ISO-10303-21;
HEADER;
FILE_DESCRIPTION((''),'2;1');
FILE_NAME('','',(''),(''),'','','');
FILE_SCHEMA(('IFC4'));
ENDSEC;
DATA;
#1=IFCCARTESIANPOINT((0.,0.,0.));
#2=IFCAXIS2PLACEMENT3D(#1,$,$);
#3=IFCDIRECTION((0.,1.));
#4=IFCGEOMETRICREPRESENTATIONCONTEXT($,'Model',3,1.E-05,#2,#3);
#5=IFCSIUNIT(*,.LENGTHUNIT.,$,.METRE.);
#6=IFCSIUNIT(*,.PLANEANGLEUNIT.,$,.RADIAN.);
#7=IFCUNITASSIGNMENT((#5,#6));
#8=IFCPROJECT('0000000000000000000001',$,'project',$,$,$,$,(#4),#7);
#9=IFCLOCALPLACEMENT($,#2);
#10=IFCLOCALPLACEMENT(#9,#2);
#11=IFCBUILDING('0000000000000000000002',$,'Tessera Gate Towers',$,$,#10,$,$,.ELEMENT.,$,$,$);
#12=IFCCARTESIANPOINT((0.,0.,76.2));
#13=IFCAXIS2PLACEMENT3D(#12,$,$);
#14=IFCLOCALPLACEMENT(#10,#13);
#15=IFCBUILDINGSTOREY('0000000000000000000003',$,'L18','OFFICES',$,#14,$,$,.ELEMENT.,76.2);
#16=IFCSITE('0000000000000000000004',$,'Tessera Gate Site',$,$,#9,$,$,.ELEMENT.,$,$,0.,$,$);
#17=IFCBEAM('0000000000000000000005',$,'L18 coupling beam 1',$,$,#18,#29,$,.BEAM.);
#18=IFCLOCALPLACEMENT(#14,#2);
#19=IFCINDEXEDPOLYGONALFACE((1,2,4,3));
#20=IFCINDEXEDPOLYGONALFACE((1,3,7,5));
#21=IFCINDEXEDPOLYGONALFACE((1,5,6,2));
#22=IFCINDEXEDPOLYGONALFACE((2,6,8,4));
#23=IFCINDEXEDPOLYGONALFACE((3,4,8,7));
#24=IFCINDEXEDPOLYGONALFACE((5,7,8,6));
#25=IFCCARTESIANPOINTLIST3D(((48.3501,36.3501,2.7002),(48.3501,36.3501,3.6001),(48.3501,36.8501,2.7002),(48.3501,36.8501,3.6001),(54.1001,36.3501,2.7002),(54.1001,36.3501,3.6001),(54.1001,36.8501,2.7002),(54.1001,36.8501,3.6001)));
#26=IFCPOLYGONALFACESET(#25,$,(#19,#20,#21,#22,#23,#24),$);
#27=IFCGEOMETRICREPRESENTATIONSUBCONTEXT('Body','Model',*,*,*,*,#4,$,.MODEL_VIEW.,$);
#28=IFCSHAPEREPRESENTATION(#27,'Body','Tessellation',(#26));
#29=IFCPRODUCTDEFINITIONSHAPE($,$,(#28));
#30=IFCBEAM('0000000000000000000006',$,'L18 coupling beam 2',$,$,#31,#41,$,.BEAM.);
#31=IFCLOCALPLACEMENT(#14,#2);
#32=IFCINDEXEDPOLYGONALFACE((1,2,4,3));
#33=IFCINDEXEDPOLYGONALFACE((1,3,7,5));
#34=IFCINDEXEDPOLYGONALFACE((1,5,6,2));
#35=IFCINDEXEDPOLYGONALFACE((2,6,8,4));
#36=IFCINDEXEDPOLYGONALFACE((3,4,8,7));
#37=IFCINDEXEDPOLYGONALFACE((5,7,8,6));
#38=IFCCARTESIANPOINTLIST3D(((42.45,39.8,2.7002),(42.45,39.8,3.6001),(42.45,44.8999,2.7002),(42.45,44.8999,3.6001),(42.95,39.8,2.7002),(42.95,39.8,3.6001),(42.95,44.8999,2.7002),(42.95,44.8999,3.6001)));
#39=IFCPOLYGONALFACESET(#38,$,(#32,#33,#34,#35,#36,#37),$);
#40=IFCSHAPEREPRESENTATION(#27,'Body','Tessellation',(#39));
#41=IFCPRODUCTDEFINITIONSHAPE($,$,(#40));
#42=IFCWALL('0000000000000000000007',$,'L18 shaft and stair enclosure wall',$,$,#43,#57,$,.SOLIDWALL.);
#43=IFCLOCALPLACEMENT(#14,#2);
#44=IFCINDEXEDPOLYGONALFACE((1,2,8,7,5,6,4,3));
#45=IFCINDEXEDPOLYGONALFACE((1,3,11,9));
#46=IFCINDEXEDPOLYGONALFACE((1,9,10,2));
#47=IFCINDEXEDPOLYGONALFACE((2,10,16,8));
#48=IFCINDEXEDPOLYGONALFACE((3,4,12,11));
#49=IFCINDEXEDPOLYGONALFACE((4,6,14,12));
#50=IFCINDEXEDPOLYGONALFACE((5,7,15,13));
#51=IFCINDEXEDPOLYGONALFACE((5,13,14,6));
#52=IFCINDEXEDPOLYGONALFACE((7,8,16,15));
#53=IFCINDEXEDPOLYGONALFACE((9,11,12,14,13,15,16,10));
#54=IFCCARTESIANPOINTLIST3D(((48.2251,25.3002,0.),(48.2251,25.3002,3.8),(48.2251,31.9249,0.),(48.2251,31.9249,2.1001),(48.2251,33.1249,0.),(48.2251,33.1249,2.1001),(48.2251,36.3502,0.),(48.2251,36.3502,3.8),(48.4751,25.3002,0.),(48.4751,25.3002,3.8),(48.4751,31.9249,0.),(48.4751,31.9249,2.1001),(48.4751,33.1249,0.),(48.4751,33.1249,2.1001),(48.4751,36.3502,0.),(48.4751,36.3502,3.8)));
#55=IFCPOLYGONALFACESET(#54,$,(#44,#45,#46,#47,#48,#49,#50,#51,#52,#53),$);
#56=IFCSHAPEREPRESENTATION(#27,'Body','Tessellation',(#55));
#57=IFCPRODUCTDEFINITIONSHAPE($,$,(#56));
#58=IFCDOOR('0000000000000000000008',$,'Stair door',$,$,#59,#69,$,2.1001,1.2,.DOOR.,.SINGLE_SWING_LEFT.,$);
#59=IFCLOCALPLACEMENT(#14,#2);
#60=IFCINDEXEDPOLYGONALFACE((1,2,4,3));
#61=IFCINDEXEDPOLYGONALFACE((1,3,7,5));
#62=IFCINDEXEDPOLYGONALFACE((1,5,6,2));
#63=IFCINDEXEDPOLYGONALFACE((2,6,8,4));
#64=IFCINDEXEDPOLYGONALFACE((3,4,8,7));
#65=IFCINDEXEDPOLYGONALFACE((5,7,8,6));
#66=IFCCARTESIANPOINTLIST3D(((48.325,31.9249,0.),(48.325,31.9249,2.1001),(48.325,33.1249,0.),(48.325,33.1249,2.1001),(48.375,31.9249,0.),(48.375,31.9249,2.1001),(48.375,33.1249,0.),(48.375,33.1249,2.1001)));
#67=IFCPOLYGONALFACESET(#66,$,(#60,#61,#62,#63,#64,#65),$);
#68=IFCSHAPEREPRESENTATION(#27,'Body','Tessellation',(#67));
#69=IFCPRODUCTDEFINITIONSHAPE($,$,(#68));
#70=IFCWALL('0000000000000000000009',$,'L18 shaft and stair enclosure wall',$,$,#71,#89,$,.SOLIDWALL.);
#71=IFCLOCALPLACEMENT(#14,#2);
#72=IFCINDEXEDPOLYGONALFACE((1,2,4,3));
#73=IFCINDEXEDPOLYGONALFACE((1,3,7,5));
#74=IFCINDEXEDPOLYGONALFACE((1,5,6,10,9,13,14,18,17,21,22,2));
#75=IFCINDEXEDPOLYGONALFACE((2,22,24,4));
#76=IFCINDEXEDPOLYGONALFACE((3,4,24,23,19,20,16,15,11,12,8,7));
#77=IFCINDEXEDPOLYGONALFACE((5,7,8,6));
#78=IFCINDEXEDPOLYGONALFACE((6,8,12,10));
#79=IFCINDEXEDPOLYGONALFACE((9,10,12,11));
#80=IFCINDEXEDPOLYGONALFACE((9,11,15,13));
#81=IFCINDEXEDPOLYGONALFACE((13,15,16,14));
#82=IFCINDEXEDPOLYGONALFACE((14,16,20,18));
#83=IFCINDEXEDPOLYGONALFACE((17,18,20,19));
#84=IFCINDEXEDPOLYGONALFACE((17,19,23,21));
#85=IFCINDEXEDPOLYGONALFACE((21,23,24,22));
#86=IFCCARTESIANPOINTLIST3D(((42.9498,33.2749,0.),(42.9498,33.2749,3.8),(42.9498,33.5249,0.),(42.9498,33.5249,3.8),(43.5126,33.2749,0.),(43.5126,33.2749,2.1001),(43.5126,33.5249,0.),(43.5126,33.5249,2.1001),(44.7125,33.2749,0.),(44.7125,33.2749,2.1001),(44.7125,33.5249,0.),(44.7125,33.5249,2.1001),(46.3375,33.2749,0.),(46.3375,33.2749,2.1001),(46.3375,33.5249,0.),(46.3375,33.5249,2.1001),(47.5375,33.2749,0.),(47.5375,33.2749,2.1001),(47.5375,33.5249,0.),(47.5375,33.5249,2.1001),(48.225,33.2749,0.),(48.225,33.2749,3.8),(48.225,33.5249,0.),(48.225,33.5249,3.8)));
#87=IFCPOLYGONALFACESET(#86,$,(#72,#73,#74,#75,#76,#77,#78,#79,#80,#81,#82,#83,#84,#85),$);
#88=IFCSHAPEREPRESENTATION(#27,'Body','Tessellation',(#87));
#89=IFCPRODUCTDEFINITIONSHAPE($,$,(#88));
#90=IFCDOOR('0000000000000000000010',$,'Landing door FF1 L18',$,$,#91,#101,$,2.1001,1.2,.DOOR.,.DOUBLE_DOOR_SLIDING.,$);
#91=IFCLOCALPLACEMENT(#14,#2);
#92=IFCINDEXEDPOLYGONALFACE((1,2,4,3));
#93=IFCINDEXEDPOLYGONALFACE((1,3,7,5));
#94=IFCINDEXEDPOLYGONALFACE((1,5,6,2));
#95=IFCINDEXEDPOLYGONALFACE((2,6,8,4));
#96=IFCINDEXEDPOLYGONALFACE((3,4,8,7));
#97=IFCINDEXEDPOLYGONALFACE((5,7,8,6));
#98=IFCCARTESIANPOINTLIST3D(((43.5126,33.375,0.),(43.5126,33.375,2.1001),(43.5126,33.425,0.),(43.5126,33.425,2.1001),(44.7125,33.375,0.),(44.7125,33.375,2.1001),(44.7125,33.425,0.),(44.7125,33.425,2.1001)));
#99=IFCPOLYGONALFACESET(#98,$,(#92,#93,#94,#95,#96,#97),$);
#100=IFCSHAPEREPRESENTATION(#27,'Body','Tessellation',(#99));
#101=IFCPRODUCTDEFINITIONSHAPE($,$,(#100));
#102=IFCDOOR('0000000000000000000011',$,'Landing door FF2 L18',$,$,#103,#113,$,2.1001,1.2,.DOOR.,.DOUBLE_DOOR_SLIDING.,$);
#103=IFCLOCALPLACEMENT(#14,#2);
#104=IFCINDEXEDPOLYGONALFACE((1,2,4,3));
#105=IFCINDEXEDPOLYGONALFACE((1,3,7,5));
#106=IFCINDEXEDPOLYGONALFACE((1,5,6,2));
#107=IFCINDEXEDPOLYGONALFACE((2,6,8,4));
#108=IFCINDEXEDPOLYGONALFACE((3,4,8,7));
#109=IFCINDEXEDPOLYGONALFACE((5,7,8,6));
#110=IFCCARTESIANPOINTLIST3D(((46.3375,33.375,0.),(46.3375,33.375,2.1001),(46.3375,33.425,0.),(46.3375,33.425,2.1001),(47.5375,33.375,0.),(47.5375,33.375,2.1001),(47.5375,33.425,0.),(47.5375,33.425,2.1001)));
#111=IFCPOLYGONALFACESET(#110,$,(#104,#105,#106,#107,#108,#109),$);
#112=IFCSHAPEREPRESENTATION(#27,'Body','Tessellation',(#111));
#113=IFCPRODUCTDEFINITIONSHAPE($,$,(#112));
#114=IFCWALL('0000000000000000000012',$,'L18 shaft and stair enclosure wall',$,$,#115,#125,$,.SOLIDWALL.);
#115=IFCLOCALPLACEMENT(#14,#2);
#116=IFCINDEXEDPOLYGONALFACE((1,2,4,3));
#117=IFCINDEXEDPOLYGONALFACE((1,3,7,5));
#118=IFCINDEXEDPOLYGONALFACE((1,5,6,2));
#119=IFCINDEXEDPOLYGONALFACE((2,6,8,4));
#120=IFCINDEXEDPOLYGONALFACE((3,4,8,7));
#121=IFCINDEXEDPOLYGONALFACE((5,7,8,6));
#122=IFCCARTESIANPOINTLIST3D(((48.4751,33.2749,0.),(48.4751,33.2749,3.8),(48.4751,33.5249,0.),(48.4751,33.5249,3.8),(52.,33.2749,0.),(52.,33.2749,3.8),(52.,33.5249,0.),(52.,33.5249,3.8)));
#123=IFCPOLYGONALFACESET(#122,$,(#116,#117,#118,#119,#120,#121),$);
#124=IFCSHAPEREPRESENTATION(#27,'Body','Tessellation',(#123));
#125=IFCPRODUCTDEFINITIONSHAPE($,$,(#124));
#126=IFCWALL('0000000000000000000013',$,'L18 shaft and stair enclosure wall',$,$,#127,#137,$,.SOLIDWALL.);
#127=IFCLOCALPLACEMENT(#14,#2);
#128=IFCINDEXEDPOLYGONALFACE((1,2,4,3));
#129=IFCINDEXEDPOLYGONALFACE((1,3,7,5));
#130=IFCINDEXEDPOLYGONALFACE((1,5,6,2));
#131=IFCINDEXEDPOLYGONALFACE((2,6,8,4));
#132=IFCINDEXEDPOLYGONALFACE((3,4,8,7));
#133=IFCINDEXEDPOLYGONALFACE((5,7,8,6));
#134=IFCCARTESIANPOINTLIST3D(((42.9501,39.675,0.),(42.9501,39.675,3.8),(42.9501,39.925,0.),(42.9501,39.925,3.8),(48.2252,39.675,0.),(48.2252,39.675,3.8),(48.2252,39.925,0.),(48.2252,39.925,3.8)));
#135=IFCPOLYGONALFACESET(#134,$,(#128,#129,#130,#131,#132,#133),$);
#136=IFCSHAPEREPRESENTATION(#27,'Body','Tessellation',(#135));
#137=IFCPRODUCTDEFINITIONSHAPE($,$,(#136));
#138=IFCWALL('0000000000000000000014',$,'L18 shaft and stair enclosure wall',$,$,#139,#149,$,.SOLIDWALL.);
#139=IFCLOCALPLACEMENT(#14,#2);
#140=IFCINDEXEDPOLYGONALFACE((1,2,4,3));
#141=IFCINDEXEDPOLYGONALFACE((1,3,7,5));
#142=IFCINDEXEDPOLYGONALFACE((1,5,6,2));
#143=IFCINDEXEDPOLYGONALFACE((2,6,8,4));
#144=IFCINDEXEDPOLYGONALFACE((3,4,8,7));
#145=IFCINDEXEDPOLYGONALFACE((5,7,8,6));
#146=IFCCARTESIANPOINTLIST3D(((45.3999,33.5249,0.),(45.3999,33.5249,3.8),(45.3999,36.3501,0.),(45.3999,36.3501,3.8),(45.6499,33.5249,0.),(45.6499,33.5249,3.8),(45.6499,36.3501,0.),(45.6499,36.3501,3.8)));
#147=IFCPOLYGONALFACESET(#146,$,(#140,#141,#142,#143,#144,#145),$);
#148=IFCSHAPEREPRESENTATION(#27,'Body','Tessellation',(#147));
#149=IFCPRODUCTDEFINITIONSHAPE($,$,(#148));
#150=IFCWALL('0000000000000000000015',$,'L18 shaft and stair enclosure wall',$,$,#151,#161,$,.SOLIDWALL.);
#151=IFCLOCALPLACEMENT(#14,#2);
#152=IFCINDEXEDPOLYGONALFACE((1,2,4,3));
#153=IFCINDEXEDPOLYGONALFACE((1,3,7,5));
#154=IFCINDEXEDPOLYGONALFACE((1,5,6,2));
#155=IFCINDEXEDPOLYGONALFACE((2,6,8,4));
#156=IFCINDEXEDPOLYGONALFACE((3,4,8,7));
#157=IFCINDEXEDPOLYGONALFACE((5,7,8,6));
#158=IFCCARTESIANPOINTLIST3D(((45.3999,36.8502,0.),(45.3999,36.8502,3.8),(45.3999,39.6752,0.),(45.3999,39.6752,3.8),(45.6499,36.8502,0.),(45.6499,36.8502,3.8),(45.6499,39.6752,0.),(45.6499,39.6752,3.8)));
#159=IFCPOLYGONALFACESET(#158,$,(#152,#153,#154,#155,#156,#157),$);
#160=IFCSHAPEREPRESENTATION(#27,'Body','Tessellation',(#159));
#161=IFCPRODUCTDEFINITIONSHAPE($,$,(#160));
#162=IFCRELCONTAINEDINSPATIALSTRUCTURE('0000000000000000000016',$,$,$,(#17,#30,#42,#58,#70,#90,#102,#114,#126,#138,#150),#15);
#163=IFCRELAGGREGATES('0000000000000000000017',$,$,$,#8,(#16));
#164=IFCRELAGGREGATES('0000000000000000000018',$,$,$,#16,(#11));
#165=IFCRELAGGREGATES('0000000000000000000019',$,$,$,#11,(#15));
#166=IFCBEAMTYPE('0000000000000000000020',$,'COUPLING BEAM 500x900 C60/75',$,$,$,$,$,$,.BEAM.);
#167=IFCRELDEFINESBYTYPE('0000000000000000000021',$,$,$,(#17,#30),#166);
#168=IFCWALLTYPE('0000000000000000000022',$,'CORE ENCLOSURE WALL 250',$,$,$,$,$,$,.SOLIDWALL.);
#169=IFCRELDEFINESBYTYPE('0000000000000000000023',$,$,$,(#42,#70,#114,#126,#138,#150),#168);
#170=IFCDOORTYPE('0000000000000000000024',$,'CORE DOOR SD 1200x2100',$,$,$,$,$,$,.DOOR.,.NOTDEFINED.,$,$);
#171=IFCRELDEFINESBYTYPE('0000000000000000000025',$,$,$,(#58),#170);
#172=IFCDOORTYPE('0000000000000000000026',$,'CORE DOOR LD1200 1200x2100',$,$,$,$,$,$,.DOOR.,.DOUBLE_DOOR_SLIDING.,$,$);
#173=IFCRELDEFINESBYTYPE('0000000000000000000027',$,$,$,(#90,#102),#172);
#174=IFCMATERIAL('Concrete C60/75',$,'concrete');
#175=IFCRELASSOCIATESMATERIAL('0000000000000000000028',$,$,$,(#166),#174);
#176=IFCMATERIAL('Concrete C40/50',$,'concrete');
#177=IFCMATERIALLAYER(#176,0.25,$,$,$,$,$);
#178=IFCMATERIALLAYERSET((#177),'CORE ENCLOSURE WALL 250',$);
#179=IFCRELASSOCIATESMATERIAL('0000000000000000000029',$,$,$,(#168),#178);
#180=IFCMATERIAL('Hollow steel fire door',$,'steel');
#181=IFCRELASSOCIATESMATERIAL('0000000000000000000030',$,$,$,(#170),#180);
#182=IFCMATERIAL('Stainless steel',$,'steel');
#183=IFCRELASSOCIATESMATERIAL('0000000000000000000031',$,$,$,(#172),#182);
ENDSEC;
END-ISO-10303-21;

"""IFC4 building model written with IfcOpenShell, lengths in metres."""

from ifc_helpers import new_model, si_unit, direction, frame, frame_2d, origin, origin_2d, place, context, subcontext, project, spatial, rectangle, extrude, source, transform, mapped, material, layer, layer_set, material_profile, profile_set, type_object, element, fill, save


model = new_model("IFC4")

# Units and contexts
model_context = context("Model", 3, precision=1e-05, world=origin(), true_north=direction((0.0, 1.0)))
body_context = subcontext(model_context, "Body", "Model", "MODEL_VIEW")
ifc_project = project(units=[si_unit("LENGTHUNIT", "METRE"), si_unit("PLANEANGLEUNIT", "RADIAN")], contexts=[model_context])

# Site, building, storey
site_placement = place(None, origin())
site = spatial("IfcSite", under=ifc_project, at=site_placement, Name="Tessera Gate Site", CompositionType="ELEMENT", RefElevation=0.0)
building_placement = place(site_placement, origin())
building = spatial("IfcBuilding", under=site, at=building_placement, Name="Tessera Gate Towers", CompositionType="ELEMENT")
storey_placement = place(building_placement, frame((0.0, 0.0, 76.2)))
storey = spatial("IfcBuildingStorey", under=building, at=storey_placement, Name="L18", Description="OFFICES", CompositionType="ELEMENT", Elevation=76.2)

# Beams
ifc_material_1 = material(Name="Concrete C60/75", Category="concrete")
ifc_material_profile = material_profile(ifc_material_1, rectangle(XDim=0.5, YDim=0.8999, at=origin_2d()), Name="RC 500x900")
ifc_profile_set = profile_set([ifc_material_profile], Name="Concrete C60/75")
beam_type = type_object("IfcBeamType", Name="COUPLING BEAM 500x900 C60/75", PredefinedType="BEAM", material=ifc_profile_set)
beam_1_placement = place(storey_placement, frame((48.3501, 36.6001, 3.1501), z_axis=(1.0, 0.0, 0.0), x_axis=(0.0, 1.0, 0.0)))
element("IfcBeam", 1, at=beam_1_placement, inside=storey, type_object=beam_type, Name="L18 coupling beam 1", PredefinedType="BEAM", context=body_context, shape_type="SweptSolid", body=[
    extrude(rectangle(XDim=0.5, YDim=0.8999, at=origin_2d()), origin(), (0.0, 0.0, 1.0), 5.75),
])
beam_2_placement = place(storey_placement, frame((42.7, 39.8, 3.1501), z_axis=(0.0, 1.0, 0.0), x_axis=(-1.0, 0.0, 0.0)))
element("IfcBeam", 2, at=beam_2_placement, inside=storey, type_object=beam_type, Name="L18 coupling beam 2", PredefinedType="BEAM", context=body_context, shape_type="SweptSolid", body=[
    extrude(rectangle(XDim=0.5, YDim=0.8999, at=origin_2d()), origin(), (0.0, 0.0, 1.0), 5.0999),
])

# Wall, opening, door
ifc_material_2 = material(Name="Concrete C40/50", Category="concrete")
ifc_layer_1 = layer(ifc_material_2, 0.25)
ifc_layer_set_1 = layer_set([ifc_layer_1], Name="CORE ENCLOSURE WALL 250")
wall_type_1 = type_object("IfcWallType", Name="CORE ENCLOSURE WALL 250", PredefinedType="SOLIDWALL", material=ifc_layer_set_1)
wall_1_placement = place(storey_placement, frame((48.3501, 36.3501, 0.0), z_axis=(0.0, 0.0, 1.0), x_axis=(0.0, -1.0, 0.0)))
wall_1 = element("IfcWall", 3, at=wall_1_placement, inside=storey, type_object=wall_type_1, Name="L18 shaft and stair enclosure wall", PredefinedType="SOLIDWALL", context=body_context, shape_type="SweptSolid", body=[
    extrude(rectangle(XDim=11.05, YDim=0.25, at=frame_2d((5.5249, 0.0))), origin(), (0.0, 0.0, 1.0), 3.8),
])
shared_shape_1 = source(origin(), body_context, "Body", "SweptSolid", [
    extrude(rectangle(XDim=1.2, YDim=2.1001, at=frame_2d((0.6001, 1.05))), frame((0.0, 0.135, 0.0), z_axis=(0.0, -1.0, 0.0), x_axis=(1.0, 0.0, 0.0)), (0.0, 0.0, 1.0), 0.27),
])
opening_1_placement = place(wall_1_placement, frame((3.2251, 0.0, 0.0)))
opening_1 = element("IfcOpeningElement", 4, at=opening_1_placement, cuts=wall_1, PredefinedType="OPENING", context=body_context, shape_type="MappedRepresentation", body=[
    mapped(shared_shape_1, transform((0.0, 0.0, 0.0), scale=1.0)),
])
ifc_material_3 = material(Name="Hollow steel fire door", Category="steel")
door_type_1 = type_object("IfcDoorType", Name="CORE DOOR SD 1200x2100", OperationType="NOTDEFINED", PredefinedType="DOOR", material=ifc_material_3)
shared_shape_2 = source(origin(), body_context, "Body", "SweptSolid", [
    extrude(rectangle(XDim=1.2, YDim=2.1001, at=frame_2d((0.6001, 1.05))), frame((0.0, 0.0249, 0.0), z_axis=(0.0, -1.0, 0.0), x_axis=(1.0, 0.0, 0.0)), (0.0, 0.0, 1.0), 0.05),
])
door_1_placement = place(opening_1_placement, origin())
door_1 = element("IfcDoor", 5, at=door_1_placement, inside=storey, type_object=door_type_1, Name="Stair door", OperationType="SINGLE_SWING_LEFT", OverallHeight=2.1001, OverallWidth=1.2, PredefinedType="DOOR", context=body_context, shape_type="MappedRepresentation", body=[
    mapped(shared_shape_2, transform((0.0, 0.0, 0.0), scale=1.0)),
])
fill(opening_1, door_1)

# Wall, openings, doors
wall_2_placement = place(storey_placement, frame((48.2251, 33.3999, 0.0), z_axis=(0.0, 0.0, 1.0), x_axis=(-1.0, 0.0, 0.0)))
wall_2 = element("IfcWall", 6, at=wall_2_placement, inside=storey, type_object=wall_type_1, Name="L18 shaft and stair enclosure wall", PredefinedType="SOLIDWALL", context=body_context, shape_type="SweptSolid", body=[
    extrude(rectangle(XDim=5.2751, YDim=0.25, at=frame_2d((2.6377, 0.0))), origin(), (0.0, 0.0, 1.0), 3.8),
])
opening_2_placement = place(wall_2_placement, frame((3.5125, 0.0, 0.0)))
opening_2 = element("IfcOpeningElement", 7, at=opening_2_placement, cuts=wall_2, PredefinedType="OPENING", context=body_context, shape_type="MappedRepresentation", body=[
    mapped(shared_shape_1, transform((0.0, 0.0, 0.0), scale=1.0)),
])
opening_3_placement = place(wall_2_placement, frame((0.6875, 0.0, 0.0)))
opening_3 = element("IfcOpeningElement", 8, at=opening_3_placement, cuts=wall_2, PredefinedType="OPENING", context=body_context, shape_type="MappedRepresentation", body=[
    mapped(shared_shape_1, transform((0.0, 0.0, 0.0), scale=1.0)),
])
ifc_material_4 = material(Name="Stainless steel", Category="steel")
door_type_2 = type_object("IfcDoorType", Name="CORE DOOR LD1200 1200x2100", OperationType="DOUBLE_DOOR_SLIDING", PredefinedType="DOOR", material=ifc_material_4)
door_2_placement = place(opening_2_placement, origin())
door_2 = element("IfcDoor", 9, at=door_2_placement, inside=storey, type_object=door_type_2, Name="Landing door FF1 L18", OperationType="DOUBLE_DOOR_SLIDING", OverallHeight=2.1001, OverallWidth=1.2, PredefinedType="DOOR", context=body_context, shape_type="MappedRepresentation", body=[
    mapped(shared_shape_2, transform((0.0, 0.0, 0.0), scale=1.0)),
])
fill(opening_2, door_2)
door_3_placement = place(opening_3_placement, origin())
door_3 = element("IfcDoor", 10, at=door_3_placement, inside=storey, type_object=door_type_2, Name="Landing door FF2 L18", OperationType="DOUBLE_DOOR_SLIDING", OverallHeight=2.1001, OverallWidth=1.2, PredefinedType="DOOR", context=body_context, shape_type="MappedRepresentation", body=[
    mapped(shared_shape_2, transform((0.0, 0.0, 0.0), scale=1.0)),
])
fill(opening_3, door_3)

# Walls
wall_3_placement = place(storey_placement, frame((48.4751, 33.3999, 0.0), z_axis=(0.0, 0.0, 1.0), x_axis=(1.0, 0.0, 0.0)))
element("IfcWall", 11, at=wall_3_placement, inside=storey, type_object=wall_type_1, Name="L18 shaft and stair enclosure wall", PredefinedType="SOLIDWALL", context=body_context, shape_type="SweptSolid", body=[
    extrude(rectangle(XDim=3.5249, YDim=0.25, at=frame_2d((1.7625, 0.0))), origin(), (0.0, 0.0, 1.0), 3.8),
])
wall_4_placement = place(storey_placement, frame((42.95, 39.8, 0.0), z_axis=(0.0, 0.0, 1.0), x_axis=(1.0, 0.0, 0.0)))
element("IfcWall", 12, at=wall_4_placement, inside=storey, type_object=wall_type_1, Name="L18 shaft and stair enclosure wall", PredefinedType="SOLIDWALL", context=body_context, shape_type="SweptSolid", body=[
    extrude(rectangle(XDim=5.2751, YDim=0.25, at=frame_2d((2.6377, 0.0))), origin(), (0.0, 0.0, 1.0), 3.8),
])
wall_5_placement = place(storey_placement, frame((45.5249, 33.5249, 0.0), z_axis=(0.0, 0.0, 1.0), x_axis=(0.0, 1.0, 0.0)))
element("IfcWall", 13, at=wall_5_placement, inside=storey, type_object=wall_type_1, Name="L18 shaft and stair enclosure wall", PredefinedType="SOLIDWALL", context=body_context, shape_type="SweptSolid", body=[
    extrude(rectangle(XDim=2.8252, YDim=0.25, at=frame_2d((1.4126, 0.0))), origin(), (0.0, 0.0, 1.0), 3.8),
])
wall_6_placement = place(storey_placement, frame((45.5249, 36.8501, 0.0), z_axis=(0.0, 0.0, 1.0), x_axis=(0.0, 1.0, 0.0)))
element("IfcWall", 14, at=wall_6_placement, inside=storey, type_object=wall_type_1, Name="L18 shaft and stair enclosure wall", PredefinedType="SOLIDWALL", context=body_context, shape_type="SweptSolid", body=[
    extrude(rectangle(XDim=2.825, YDim=0.25, at=frame_2d((1.4126, 0.0))), origin(), (0.0, 0.0, 1.0), 3.8),
])

save(model, "model.ifc")
